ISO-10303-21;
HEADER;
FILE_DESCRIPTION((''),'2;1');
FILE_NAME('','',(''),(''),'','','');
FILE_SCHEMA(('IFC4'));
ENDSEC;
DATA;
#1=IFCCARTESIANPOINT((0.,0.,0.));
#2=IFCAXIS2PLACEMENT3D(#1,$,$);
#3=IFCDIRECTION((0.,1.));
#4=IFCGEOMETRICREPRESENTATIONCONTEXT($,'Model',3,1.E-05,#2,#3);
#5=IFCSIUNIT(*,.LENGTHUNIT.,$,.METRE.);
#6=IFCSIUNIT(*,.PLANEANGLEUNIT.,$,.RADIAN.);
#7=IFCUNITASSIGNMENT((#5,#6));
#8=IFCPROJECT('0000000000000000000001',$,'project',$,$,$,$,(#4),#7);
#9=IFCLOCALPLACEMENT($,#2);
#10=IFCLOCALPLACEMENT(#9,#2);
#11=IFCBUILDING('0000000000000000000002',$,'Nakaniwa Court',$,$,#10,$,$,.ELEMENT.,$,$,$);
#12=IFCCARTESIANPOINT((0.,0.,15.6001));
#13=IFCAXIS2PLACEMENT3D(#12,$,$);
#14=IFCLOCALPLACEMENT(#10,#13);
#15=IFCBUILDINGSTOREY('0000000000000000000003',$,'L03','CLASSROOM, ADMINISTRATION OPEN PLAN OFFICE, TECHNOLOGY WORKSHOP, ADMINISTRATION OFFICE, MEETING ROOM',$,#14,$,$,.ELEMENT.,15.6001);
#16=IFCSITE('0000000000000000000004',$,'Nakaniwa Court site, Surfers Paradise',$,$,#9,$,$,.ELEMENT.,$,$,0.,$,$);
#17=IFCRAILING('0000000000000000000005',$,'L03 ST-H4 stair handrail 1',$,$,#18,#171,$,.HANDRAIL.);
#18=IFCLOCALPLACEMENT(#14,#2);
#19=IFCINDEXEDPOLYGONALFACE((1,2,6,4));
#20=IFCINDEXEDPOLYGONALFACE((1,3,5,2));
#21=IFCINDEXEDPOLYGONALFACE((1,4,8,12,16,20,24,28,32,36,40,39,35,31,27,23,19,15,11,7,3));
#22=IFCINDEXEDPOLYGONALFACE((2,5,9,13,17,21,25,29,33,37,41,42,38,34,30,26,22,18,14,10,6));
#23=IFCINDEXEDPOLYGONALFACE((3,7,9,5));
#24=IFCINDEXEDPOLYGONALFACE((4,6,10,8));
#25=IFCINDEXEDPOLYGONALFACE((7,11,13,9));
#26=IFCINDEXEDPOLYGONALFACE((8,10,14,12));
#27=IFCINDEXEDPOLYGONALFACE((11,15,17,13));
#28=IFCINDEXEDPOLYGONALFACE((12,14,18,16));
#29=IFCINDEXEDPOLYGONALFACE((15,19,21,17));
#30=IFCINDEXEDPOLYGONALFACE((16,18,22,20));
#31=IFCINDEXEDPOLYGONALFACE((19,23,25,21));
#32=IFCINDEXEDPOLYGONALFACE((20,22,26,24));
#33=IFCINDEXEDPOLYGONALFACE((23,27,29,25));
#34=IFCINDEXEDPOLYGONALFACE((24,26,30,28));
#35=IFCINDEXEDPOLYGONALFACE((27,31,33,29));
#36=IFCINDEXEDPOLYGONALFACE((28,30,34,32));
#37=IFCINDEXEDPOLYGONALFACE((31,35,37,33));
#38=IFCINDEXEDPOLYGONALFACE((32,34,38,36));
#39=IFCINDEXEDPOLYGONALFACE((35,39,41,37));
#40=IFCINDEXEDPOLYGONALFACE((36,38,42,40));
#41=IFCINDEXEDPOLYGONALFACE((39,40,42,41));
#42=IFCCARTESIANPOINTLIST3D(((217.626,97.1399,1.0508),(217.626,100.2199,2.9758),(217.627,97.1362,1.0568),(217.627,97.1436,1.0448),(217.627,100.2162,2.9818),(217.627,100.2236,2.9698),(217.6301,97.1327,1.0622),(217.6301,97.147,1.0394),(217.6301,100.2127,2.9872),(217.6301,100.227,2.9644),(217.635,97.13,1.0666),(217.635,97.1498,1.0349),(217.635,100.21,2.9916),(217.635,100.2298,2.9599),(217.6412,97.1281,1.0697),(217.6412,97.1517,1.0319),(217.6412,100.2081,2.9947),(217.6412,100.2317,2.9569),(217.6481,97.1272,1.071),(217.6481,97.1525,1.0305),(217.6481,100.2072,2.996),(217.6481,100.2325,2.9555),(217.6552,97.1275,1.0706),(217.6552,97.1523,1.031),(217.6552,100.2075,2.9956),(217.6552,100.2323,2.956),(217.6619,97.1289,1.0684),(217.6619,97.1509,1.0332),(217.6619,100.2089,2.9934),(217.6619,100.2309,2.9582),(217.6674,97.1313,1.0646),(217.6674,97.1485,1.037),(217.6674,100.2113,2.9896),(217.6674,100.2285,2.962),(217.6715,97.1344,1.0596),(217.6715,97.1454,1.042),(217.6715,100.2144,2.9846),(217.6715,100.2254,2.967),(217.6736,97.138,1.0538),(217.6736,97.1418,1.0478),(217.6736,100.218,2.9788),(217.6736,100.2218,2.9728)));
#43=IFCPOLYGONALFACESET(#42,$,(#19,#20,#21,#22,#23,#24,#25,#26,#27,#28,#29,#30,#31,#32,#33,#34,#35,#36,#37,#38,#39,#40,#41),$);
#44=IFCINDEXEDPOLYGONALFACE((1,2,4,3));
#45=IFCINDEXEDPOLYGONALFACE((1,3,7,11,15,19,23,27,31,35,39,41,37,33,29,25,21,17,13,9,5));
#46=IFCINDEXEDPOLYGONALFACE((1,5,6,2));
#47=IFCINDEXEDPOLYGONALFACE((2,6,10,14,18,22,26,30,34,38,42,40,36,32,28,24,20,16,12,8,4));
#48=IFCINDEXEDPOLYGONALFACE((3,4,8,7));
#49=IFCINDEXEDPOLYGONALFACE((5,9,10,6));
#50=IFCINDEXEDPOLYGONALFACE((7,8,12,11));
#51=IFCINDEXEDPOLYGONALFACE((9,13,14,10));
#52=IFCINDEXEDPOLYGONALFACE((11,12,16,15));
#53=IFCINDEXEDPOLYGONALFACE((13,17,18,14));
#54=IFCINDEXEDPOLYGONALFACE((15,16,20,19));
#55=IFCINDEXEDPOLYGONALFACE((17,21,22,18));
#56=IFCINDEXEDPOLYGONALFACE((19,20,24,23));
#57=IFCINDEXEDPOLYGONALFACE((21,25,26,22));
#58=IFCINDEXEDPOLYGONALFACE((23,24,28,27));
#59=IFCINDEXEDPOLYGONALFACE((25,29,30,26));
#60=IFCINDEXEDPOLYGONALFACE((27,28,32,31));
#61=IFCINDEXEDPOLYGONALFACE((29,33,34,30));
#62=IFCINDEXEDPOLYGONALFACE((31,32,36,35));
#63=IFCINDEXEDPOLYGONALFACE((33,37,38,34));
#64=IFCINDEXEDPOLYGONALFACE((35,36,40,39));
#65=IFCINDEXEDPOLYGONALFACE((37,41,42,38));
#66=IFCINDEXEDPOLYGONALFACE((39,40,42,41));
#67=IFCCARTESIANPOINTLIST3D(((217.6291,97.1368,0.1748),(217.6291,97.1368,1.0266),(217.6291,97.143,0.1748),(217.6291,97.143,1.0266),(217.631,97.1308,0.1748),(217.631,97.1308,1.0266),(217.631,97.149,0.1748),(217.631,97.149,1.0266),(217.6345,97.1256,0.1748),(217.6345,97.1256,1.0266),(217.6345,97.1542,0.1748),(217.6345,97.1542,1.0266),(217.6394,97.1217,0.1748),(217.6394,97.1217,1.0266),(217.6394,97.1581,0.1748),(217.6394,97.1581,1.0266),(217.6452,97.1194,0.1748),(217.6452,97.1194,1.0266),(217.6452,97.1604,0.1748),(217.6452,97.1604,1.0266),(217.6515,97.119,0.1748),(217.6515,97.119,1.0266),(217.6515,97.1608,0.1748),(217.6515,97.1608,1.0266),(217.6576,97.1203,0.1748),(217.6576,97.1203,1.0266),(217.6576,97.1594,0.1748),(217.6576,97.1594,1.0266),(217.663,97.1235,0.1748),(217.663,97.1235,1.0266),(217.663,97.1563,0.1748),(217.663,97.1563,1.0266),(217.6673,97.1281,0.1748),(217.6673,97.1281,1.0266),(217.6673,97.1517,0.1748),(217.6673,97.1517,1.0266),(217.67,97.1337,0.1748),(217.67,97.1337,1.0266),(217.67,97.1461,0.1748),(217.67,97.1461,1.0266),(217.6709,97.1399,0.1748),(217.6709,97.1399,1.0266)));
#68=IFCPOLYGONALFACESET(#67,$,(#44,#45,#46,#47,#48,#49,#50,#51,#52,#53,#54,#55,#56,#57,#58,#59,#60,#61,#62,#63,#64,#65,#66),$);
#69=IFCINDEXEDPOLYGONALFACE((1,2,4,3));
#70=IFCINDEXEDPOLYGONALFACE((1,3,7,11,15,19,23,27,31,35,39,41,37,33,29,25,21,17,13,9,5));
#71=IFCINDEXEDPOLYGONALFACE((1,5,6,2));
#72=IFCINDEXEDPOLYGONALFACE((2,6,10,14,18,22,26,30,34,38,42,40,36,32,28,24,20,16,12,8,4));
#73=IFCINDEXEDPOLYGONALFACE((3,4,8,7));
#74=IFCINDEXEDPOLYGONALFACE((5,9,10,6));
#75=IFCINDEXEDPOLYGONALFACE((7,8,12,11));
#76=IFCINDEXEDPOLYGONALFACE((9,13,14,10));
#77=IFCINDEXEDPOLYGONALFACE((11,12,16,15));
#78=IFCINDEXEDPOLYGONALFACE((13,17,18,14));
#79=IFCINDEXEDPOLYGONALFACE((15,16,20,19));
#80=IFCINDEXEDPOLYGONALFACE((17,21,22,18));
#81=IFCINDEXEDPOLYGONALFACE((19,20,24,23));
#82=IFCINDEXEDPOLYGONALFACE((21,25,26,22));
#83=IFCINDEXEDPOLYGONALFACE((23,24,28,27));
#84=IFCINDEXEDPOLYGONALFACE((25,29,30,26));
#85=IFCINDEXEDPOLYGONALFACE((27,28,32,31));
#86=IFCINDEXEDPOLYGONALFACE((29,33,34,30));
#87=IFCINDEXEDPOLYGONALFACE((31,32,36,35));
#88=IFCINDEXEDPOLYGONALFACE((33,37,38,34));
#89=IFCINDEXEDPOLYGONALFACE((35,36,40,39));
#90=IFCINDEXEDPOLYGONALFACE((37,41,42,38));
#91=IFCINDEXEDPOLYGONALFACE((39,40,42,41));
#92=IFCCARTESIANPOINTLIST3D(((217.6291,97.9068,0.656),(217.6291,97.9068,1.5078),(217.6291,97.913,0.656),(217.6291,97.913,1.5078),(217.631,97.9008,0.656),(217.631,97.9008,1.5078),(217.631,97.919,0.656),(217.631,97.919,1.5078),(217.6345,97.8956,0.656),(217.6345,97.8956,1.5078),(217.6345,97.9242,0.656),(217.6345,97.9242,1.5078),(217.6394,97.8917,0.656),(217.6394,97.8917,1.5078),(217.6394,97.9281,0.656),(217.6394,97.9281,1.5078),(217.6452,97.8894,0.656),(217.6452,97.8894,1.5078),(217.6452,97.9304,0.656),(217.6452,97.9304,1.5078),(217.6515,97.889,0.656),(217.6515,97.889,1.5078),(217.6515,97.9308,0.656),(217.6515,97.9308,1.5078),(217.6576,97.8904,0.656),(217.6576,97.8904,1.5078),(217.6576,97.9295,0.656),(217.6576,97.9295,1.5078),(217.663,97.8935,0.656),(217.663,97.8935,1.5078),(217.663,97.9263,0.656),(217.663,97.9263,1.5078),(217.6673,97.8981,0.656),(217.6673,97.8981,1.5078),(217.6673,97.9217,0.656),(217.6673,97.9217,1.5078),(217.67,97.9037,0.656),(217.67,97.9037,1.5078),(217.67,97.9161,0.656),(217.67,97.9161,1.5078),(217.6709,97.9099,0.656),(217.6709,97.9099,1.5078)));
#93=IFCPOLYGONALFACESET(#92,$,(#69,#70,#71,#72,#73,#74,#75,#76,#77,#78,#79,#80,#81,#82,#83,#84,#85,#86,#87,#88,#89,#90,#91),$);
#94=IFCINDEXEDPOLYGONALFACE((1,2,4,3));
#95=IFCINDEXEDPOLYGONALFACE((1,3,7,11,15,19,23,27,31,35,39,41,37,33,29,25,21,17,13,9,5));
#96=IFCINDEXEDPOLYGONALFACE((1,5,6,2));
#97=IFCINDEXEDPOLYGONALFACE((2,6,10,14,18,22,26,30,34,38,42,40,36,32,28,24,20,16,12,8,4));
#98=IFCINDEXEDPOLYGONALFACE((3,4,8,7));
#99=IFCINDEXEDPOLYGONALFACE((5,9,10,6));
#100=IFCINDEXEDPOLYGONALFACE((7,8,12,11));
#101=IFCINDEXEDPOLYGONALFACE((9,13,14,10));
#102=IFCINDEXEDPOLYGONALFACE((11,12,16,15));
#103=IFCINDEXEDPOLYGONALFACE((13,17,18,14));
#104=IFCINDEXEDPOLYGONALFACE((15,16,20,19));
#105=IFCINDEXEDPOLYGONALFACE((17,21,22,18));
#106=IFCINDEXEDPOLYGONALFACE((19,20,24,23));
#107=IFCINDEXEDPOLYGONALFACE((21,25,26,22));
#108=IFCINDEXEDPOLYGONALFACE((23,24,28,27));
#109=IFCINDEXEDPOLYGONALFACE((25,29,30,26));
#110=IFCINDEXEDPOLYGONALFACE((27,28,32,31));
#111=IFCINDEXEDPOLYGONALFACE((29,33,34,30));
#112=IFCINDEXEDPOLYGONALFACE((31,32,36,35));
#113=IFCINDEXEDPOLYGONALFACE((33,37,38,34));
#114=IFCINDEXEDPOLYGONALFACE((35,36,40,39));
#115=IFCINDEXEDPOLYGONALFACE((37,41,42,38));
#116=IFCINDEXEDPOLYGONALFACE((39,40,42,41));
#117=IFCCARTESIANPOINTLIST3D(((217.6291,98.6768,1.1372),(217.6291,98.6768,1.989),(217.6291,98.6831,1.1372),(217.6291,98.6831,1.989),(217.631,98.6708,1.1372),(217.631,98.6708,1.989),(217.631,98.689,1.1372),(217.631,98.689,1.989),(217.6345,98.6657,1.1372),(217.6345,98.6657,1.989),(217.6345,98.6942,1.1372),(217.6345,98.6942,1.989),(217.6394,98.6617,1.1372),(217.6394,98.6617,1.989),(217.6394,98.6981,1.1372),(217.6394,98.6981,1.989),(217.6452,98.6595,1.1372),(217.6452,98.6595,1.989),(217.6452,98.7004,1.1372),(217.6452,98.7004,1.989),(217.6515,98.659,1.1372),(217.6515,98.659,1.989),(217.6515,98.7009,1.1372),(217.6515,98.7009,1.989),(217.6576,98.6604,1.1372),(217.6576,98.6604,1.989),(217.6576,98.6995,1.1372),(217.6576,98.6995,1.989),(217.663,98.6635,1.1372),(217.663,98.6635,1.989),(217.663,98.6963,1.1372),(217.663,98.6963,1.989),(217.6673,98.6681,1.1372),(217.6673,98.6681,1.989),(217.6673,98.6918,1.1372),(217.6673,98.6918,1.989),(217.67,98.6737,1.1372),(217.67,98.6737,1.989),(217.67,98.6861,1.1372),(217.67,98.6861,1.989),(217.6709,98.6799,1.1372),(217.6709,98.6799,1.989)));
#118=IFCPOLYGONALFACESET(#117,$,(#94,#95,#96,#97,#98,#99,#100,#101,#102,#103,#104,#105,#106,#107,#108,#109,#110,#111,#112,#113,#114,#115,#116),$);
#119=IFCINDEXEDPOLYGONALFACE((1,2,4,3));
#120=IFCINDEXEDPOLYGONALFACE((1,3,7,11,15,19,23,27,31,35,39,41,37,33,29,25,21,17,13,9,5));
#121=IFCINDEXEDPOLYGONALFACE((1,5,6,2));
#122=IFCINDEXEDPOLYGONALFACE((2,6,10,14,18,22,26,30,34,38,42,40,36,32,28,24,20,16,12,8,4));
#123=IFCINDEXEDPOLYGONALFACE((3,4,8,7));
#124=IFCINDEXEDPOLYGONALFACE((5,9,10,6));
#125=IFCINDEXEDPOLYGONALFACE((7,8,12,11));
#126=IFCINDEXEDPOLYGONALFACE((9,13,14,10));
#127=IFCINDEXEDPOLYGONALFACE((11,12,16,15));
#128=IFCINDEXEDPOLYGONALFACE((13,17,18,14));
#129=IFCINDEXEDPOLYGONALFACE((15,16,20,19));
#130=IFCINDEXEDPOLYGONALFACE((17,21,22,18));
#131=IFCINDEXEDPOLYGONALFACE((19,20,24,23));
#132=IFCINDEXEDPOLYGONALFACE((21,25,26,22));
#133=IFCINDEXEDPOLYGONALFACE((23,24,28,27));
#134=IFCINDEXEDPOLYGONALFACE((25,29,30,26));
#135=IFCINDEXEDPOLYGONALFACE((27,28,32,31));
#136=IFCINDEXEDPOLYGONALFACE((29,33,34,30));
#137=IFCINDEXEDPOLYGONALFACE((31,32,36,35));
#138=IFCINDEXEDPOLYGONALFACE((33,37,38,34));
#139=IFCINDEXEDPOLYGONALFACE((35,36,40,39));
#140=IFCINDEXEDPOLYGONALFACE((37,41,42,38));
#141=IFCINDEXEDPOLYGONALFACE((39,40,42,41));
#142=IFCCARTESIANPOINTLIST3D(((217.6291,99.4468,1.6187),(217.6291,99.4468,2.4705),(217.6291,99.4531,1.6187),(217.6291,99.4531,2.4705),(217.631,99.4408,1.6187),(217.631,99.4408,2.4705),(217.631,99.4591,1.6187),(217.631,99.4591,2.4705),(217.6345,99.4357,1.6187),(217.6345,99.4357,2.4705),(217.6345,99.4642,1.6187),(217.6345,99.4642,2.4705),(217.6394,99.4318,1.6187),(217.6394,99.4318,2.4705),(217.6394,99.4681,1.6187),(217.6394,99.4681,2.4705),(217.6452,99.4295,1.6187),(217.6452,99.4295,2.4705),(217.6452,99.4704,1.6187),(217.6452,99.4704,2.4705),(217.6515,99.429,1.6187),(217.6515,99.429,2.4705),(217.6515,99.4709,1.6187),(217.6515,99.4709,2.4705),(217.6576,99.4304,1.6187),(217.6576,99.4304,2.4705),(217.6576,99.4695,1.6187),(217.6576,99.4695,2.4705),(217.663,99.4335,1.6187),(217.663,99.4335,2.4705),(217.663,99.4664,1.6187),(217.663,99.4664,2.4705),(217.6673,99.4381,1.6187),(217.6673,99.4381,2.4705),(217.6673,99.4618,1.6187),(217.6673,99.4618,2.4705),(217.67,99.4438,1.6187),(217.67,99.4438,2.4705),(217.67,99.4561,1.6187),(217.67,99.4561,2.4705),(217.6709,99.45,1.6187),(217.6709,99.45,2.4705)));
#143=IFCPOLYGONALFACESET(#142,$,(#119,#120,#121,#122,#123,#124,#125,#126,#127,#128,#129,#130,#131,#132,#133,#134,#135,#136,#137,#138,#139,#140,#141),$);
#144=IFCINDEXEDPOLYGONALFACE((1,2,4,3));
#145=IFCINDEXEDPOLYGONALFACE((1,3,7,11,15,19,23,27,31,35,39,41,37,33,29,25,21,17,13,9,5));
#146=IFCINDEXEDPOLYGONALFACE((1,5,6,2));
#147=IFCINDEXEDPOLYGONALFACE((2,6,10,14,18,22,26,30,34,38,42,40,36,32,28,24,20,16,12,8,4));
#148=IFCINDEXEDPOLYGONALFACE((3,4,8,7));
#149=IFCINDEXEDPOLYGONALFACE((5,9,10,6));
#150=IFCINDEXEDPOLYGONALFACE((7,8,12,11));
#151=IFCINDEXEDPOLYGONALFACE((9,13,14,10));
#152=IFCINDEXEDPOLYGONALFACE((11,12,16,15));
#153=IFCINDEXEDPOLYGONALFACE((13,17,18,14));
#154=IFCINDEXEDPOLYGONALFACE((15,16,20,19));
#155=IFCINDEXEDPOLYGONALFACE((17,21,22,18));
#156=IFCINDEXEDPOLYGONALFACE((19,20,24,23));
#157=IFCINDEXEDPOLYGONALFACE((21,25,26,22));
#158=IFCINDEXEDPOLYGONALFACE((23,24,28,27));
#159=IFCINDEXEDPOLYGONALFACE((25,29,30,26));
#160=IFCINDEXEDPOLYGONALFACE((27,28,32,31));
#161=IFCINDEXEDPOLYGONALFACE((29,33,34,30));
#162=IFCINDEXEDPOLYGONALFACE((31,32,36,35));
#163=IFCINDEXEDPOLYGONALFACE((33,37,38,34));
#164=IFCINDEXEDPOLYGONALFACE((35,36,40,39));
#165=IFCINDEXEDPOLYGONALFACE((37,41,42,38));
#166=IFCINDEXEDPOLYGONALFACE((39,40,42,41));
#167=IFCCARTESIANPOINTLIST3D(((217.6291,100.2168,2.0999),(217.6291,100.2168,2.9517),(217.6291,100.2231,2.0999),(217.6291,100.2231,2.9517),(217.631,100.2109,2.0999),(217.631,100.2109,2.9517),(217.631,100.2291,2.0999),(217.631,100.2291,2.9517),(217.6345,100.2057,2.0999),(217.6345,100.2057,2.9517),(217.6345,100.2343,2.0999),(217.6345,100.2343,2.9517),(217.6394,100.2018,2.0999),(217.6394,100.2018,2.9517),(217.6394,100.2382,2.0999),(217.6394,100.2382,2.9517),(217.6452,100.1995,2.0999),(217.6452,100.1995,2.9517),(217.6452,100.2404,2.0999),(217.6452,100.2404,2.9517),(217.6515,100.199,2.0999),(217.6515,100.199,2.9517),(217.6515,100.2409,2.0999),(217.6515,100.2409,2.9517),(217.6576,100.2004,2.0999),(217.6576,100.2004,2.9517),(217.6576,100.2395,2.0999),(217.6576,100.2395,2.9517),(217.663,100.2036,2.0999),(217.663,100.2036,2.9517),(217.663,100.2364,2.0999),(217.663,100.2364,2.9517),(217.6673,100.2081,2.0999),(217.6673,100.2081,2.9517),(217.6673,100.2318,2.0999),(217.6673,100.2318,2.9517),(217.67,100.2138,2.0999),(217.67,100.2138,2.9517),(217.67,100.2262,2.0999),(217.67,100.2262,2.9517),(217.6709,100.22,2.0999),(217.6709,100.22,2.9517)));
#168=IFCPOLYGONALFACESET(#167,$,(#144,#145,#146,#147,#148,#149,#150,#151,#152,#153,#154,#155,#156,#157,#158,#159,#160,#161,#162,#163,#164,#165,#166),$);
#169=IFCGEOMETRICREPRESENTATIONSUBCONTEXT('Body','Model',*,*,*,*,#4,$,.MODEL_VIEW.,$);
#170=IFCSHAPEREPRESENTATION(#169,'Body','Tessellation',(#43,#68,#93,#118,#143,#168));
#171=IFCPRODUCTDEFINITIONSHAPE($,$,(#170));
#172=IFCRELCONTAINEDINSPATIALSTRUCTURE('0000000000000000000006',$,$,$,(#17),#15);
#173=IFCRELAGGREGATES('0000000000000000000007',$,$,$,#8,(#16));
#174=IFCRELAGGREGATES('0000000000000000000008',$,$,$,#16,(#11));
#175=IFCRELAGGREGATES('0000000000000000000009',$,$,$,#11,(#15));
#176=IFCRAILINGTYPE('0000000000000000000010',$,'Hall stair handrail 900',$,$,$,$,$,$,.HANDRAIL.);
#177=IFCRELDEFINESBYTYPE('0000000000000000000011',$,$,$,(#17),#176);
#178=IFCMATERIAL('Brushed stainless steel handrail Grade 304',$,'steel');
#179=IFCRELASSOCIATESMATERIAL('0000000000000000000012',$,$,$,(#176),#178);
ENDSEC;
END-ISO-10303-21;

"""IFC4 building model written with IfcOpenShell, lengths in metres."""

from ifc_helpers import new_model, si_unit, direction, frame, origin, origin_2d, place, context, subcontext, project, spatial, circle, extrude, material, type_object, element, save


model = new_model("IFC4")

# Units and contexts
model_context = context("Model", 3, precision=1e-05, world=origin(), true_north=direction((0.0, 1.0)))
body_context = subcontext(model_context, "Body", "Model", "MODEL_VIEW")
ifc_project = project(units=[si_unit("LENGTHUNIT", "METRE"), si_unit("PLANEANGLEUNIT", "RADIAN")], contexts=[model_context])

# Site, building, storey
site_placement = place(None, origin())
site = spatial("IfcSite", under=ifc_project, at=site_placement, Name="Nakaniwa Court site, Surfers Paradise", CompositionType="ELEMENT", RefElevation=0.0)
building_placement = place(site_placement, origin())
building = spatial("IfcBuilding", under=site, at=building_placement, Name="Nakaniwa Court", CompositionType="ELEMENT")
storey_placement = place(building_placement, frame((0.0, 0.0, 15.6001)))
storey = spatial("IfcBuildingStorey", under=building, at=storey_placement, Name="L03", Description="CLASSROOM, ADMINISTRATION OPEN PLAN OFFICE, TECHNOLOGY WORKSHOP, ADMINISTRATION OFFICE, MEETING ROOM", CompositionType="ELEMENT", Elevation=15.6001)

# Railing
ifc_material_1 = material(Name="Brushed stainless steel handrail Grade 304", Category="steel")
railing_type_1 = type_object("IfcRailingType", Name="Hall stair handrail 900", PredefinedType="HANDRAIL", material=ifc_material_1)
railing_1_placement = place(storey_placement, frame((217.6499, 97.1399, 0.1748)))
element("IfcRailing", 1, at=railing_1_placement, inside=storey, type_object=railing_type_1, Name="L03 ST-H4 stair handrail 1", PredefinedType="HANDRAIL", context=body_context, shape_type="SweptSolid", body=[
    extrude(circle(Radius=0.0239, at=origin_2d()), frame((0.0, 0.0, 0.876), z_axis=(0.0, 0.847998, 0.529999), x_axis=(-1.0, 0.0, 0.0)), (0.0, 0.0, 1.0), 3.6321),
    extrude(circle(Radius=0.021, at=origin_2d()), origin(), (0.0, 0.0, 1.0), 0.8518),
    extrude(circle(Radius=0.021, at=origin_2d()), frame((0.0, 0.77, 0.4812)), (0.0, 0.0, 1.0), 0.8518),
    extrude(circle(Radius=0.021, at=origin_2d()), frame((0.0, 1.54, 0.9624)), (0.0, 0.0, 1.0), 0.8518),
    extrude(circle(Radius=0.021, at=origin_2d()), frame((0.0, 2.3101, 1.4438)), (0.0, 0.0, 1.0), 0.8518),
    extrude(circle(Radius=0.021, at=origin_2d()), frame((0.0, 3.0801, 1.925)), (0.0, 0.0, 1.0), 0.8518),
])

save(model, "model.ifc")
